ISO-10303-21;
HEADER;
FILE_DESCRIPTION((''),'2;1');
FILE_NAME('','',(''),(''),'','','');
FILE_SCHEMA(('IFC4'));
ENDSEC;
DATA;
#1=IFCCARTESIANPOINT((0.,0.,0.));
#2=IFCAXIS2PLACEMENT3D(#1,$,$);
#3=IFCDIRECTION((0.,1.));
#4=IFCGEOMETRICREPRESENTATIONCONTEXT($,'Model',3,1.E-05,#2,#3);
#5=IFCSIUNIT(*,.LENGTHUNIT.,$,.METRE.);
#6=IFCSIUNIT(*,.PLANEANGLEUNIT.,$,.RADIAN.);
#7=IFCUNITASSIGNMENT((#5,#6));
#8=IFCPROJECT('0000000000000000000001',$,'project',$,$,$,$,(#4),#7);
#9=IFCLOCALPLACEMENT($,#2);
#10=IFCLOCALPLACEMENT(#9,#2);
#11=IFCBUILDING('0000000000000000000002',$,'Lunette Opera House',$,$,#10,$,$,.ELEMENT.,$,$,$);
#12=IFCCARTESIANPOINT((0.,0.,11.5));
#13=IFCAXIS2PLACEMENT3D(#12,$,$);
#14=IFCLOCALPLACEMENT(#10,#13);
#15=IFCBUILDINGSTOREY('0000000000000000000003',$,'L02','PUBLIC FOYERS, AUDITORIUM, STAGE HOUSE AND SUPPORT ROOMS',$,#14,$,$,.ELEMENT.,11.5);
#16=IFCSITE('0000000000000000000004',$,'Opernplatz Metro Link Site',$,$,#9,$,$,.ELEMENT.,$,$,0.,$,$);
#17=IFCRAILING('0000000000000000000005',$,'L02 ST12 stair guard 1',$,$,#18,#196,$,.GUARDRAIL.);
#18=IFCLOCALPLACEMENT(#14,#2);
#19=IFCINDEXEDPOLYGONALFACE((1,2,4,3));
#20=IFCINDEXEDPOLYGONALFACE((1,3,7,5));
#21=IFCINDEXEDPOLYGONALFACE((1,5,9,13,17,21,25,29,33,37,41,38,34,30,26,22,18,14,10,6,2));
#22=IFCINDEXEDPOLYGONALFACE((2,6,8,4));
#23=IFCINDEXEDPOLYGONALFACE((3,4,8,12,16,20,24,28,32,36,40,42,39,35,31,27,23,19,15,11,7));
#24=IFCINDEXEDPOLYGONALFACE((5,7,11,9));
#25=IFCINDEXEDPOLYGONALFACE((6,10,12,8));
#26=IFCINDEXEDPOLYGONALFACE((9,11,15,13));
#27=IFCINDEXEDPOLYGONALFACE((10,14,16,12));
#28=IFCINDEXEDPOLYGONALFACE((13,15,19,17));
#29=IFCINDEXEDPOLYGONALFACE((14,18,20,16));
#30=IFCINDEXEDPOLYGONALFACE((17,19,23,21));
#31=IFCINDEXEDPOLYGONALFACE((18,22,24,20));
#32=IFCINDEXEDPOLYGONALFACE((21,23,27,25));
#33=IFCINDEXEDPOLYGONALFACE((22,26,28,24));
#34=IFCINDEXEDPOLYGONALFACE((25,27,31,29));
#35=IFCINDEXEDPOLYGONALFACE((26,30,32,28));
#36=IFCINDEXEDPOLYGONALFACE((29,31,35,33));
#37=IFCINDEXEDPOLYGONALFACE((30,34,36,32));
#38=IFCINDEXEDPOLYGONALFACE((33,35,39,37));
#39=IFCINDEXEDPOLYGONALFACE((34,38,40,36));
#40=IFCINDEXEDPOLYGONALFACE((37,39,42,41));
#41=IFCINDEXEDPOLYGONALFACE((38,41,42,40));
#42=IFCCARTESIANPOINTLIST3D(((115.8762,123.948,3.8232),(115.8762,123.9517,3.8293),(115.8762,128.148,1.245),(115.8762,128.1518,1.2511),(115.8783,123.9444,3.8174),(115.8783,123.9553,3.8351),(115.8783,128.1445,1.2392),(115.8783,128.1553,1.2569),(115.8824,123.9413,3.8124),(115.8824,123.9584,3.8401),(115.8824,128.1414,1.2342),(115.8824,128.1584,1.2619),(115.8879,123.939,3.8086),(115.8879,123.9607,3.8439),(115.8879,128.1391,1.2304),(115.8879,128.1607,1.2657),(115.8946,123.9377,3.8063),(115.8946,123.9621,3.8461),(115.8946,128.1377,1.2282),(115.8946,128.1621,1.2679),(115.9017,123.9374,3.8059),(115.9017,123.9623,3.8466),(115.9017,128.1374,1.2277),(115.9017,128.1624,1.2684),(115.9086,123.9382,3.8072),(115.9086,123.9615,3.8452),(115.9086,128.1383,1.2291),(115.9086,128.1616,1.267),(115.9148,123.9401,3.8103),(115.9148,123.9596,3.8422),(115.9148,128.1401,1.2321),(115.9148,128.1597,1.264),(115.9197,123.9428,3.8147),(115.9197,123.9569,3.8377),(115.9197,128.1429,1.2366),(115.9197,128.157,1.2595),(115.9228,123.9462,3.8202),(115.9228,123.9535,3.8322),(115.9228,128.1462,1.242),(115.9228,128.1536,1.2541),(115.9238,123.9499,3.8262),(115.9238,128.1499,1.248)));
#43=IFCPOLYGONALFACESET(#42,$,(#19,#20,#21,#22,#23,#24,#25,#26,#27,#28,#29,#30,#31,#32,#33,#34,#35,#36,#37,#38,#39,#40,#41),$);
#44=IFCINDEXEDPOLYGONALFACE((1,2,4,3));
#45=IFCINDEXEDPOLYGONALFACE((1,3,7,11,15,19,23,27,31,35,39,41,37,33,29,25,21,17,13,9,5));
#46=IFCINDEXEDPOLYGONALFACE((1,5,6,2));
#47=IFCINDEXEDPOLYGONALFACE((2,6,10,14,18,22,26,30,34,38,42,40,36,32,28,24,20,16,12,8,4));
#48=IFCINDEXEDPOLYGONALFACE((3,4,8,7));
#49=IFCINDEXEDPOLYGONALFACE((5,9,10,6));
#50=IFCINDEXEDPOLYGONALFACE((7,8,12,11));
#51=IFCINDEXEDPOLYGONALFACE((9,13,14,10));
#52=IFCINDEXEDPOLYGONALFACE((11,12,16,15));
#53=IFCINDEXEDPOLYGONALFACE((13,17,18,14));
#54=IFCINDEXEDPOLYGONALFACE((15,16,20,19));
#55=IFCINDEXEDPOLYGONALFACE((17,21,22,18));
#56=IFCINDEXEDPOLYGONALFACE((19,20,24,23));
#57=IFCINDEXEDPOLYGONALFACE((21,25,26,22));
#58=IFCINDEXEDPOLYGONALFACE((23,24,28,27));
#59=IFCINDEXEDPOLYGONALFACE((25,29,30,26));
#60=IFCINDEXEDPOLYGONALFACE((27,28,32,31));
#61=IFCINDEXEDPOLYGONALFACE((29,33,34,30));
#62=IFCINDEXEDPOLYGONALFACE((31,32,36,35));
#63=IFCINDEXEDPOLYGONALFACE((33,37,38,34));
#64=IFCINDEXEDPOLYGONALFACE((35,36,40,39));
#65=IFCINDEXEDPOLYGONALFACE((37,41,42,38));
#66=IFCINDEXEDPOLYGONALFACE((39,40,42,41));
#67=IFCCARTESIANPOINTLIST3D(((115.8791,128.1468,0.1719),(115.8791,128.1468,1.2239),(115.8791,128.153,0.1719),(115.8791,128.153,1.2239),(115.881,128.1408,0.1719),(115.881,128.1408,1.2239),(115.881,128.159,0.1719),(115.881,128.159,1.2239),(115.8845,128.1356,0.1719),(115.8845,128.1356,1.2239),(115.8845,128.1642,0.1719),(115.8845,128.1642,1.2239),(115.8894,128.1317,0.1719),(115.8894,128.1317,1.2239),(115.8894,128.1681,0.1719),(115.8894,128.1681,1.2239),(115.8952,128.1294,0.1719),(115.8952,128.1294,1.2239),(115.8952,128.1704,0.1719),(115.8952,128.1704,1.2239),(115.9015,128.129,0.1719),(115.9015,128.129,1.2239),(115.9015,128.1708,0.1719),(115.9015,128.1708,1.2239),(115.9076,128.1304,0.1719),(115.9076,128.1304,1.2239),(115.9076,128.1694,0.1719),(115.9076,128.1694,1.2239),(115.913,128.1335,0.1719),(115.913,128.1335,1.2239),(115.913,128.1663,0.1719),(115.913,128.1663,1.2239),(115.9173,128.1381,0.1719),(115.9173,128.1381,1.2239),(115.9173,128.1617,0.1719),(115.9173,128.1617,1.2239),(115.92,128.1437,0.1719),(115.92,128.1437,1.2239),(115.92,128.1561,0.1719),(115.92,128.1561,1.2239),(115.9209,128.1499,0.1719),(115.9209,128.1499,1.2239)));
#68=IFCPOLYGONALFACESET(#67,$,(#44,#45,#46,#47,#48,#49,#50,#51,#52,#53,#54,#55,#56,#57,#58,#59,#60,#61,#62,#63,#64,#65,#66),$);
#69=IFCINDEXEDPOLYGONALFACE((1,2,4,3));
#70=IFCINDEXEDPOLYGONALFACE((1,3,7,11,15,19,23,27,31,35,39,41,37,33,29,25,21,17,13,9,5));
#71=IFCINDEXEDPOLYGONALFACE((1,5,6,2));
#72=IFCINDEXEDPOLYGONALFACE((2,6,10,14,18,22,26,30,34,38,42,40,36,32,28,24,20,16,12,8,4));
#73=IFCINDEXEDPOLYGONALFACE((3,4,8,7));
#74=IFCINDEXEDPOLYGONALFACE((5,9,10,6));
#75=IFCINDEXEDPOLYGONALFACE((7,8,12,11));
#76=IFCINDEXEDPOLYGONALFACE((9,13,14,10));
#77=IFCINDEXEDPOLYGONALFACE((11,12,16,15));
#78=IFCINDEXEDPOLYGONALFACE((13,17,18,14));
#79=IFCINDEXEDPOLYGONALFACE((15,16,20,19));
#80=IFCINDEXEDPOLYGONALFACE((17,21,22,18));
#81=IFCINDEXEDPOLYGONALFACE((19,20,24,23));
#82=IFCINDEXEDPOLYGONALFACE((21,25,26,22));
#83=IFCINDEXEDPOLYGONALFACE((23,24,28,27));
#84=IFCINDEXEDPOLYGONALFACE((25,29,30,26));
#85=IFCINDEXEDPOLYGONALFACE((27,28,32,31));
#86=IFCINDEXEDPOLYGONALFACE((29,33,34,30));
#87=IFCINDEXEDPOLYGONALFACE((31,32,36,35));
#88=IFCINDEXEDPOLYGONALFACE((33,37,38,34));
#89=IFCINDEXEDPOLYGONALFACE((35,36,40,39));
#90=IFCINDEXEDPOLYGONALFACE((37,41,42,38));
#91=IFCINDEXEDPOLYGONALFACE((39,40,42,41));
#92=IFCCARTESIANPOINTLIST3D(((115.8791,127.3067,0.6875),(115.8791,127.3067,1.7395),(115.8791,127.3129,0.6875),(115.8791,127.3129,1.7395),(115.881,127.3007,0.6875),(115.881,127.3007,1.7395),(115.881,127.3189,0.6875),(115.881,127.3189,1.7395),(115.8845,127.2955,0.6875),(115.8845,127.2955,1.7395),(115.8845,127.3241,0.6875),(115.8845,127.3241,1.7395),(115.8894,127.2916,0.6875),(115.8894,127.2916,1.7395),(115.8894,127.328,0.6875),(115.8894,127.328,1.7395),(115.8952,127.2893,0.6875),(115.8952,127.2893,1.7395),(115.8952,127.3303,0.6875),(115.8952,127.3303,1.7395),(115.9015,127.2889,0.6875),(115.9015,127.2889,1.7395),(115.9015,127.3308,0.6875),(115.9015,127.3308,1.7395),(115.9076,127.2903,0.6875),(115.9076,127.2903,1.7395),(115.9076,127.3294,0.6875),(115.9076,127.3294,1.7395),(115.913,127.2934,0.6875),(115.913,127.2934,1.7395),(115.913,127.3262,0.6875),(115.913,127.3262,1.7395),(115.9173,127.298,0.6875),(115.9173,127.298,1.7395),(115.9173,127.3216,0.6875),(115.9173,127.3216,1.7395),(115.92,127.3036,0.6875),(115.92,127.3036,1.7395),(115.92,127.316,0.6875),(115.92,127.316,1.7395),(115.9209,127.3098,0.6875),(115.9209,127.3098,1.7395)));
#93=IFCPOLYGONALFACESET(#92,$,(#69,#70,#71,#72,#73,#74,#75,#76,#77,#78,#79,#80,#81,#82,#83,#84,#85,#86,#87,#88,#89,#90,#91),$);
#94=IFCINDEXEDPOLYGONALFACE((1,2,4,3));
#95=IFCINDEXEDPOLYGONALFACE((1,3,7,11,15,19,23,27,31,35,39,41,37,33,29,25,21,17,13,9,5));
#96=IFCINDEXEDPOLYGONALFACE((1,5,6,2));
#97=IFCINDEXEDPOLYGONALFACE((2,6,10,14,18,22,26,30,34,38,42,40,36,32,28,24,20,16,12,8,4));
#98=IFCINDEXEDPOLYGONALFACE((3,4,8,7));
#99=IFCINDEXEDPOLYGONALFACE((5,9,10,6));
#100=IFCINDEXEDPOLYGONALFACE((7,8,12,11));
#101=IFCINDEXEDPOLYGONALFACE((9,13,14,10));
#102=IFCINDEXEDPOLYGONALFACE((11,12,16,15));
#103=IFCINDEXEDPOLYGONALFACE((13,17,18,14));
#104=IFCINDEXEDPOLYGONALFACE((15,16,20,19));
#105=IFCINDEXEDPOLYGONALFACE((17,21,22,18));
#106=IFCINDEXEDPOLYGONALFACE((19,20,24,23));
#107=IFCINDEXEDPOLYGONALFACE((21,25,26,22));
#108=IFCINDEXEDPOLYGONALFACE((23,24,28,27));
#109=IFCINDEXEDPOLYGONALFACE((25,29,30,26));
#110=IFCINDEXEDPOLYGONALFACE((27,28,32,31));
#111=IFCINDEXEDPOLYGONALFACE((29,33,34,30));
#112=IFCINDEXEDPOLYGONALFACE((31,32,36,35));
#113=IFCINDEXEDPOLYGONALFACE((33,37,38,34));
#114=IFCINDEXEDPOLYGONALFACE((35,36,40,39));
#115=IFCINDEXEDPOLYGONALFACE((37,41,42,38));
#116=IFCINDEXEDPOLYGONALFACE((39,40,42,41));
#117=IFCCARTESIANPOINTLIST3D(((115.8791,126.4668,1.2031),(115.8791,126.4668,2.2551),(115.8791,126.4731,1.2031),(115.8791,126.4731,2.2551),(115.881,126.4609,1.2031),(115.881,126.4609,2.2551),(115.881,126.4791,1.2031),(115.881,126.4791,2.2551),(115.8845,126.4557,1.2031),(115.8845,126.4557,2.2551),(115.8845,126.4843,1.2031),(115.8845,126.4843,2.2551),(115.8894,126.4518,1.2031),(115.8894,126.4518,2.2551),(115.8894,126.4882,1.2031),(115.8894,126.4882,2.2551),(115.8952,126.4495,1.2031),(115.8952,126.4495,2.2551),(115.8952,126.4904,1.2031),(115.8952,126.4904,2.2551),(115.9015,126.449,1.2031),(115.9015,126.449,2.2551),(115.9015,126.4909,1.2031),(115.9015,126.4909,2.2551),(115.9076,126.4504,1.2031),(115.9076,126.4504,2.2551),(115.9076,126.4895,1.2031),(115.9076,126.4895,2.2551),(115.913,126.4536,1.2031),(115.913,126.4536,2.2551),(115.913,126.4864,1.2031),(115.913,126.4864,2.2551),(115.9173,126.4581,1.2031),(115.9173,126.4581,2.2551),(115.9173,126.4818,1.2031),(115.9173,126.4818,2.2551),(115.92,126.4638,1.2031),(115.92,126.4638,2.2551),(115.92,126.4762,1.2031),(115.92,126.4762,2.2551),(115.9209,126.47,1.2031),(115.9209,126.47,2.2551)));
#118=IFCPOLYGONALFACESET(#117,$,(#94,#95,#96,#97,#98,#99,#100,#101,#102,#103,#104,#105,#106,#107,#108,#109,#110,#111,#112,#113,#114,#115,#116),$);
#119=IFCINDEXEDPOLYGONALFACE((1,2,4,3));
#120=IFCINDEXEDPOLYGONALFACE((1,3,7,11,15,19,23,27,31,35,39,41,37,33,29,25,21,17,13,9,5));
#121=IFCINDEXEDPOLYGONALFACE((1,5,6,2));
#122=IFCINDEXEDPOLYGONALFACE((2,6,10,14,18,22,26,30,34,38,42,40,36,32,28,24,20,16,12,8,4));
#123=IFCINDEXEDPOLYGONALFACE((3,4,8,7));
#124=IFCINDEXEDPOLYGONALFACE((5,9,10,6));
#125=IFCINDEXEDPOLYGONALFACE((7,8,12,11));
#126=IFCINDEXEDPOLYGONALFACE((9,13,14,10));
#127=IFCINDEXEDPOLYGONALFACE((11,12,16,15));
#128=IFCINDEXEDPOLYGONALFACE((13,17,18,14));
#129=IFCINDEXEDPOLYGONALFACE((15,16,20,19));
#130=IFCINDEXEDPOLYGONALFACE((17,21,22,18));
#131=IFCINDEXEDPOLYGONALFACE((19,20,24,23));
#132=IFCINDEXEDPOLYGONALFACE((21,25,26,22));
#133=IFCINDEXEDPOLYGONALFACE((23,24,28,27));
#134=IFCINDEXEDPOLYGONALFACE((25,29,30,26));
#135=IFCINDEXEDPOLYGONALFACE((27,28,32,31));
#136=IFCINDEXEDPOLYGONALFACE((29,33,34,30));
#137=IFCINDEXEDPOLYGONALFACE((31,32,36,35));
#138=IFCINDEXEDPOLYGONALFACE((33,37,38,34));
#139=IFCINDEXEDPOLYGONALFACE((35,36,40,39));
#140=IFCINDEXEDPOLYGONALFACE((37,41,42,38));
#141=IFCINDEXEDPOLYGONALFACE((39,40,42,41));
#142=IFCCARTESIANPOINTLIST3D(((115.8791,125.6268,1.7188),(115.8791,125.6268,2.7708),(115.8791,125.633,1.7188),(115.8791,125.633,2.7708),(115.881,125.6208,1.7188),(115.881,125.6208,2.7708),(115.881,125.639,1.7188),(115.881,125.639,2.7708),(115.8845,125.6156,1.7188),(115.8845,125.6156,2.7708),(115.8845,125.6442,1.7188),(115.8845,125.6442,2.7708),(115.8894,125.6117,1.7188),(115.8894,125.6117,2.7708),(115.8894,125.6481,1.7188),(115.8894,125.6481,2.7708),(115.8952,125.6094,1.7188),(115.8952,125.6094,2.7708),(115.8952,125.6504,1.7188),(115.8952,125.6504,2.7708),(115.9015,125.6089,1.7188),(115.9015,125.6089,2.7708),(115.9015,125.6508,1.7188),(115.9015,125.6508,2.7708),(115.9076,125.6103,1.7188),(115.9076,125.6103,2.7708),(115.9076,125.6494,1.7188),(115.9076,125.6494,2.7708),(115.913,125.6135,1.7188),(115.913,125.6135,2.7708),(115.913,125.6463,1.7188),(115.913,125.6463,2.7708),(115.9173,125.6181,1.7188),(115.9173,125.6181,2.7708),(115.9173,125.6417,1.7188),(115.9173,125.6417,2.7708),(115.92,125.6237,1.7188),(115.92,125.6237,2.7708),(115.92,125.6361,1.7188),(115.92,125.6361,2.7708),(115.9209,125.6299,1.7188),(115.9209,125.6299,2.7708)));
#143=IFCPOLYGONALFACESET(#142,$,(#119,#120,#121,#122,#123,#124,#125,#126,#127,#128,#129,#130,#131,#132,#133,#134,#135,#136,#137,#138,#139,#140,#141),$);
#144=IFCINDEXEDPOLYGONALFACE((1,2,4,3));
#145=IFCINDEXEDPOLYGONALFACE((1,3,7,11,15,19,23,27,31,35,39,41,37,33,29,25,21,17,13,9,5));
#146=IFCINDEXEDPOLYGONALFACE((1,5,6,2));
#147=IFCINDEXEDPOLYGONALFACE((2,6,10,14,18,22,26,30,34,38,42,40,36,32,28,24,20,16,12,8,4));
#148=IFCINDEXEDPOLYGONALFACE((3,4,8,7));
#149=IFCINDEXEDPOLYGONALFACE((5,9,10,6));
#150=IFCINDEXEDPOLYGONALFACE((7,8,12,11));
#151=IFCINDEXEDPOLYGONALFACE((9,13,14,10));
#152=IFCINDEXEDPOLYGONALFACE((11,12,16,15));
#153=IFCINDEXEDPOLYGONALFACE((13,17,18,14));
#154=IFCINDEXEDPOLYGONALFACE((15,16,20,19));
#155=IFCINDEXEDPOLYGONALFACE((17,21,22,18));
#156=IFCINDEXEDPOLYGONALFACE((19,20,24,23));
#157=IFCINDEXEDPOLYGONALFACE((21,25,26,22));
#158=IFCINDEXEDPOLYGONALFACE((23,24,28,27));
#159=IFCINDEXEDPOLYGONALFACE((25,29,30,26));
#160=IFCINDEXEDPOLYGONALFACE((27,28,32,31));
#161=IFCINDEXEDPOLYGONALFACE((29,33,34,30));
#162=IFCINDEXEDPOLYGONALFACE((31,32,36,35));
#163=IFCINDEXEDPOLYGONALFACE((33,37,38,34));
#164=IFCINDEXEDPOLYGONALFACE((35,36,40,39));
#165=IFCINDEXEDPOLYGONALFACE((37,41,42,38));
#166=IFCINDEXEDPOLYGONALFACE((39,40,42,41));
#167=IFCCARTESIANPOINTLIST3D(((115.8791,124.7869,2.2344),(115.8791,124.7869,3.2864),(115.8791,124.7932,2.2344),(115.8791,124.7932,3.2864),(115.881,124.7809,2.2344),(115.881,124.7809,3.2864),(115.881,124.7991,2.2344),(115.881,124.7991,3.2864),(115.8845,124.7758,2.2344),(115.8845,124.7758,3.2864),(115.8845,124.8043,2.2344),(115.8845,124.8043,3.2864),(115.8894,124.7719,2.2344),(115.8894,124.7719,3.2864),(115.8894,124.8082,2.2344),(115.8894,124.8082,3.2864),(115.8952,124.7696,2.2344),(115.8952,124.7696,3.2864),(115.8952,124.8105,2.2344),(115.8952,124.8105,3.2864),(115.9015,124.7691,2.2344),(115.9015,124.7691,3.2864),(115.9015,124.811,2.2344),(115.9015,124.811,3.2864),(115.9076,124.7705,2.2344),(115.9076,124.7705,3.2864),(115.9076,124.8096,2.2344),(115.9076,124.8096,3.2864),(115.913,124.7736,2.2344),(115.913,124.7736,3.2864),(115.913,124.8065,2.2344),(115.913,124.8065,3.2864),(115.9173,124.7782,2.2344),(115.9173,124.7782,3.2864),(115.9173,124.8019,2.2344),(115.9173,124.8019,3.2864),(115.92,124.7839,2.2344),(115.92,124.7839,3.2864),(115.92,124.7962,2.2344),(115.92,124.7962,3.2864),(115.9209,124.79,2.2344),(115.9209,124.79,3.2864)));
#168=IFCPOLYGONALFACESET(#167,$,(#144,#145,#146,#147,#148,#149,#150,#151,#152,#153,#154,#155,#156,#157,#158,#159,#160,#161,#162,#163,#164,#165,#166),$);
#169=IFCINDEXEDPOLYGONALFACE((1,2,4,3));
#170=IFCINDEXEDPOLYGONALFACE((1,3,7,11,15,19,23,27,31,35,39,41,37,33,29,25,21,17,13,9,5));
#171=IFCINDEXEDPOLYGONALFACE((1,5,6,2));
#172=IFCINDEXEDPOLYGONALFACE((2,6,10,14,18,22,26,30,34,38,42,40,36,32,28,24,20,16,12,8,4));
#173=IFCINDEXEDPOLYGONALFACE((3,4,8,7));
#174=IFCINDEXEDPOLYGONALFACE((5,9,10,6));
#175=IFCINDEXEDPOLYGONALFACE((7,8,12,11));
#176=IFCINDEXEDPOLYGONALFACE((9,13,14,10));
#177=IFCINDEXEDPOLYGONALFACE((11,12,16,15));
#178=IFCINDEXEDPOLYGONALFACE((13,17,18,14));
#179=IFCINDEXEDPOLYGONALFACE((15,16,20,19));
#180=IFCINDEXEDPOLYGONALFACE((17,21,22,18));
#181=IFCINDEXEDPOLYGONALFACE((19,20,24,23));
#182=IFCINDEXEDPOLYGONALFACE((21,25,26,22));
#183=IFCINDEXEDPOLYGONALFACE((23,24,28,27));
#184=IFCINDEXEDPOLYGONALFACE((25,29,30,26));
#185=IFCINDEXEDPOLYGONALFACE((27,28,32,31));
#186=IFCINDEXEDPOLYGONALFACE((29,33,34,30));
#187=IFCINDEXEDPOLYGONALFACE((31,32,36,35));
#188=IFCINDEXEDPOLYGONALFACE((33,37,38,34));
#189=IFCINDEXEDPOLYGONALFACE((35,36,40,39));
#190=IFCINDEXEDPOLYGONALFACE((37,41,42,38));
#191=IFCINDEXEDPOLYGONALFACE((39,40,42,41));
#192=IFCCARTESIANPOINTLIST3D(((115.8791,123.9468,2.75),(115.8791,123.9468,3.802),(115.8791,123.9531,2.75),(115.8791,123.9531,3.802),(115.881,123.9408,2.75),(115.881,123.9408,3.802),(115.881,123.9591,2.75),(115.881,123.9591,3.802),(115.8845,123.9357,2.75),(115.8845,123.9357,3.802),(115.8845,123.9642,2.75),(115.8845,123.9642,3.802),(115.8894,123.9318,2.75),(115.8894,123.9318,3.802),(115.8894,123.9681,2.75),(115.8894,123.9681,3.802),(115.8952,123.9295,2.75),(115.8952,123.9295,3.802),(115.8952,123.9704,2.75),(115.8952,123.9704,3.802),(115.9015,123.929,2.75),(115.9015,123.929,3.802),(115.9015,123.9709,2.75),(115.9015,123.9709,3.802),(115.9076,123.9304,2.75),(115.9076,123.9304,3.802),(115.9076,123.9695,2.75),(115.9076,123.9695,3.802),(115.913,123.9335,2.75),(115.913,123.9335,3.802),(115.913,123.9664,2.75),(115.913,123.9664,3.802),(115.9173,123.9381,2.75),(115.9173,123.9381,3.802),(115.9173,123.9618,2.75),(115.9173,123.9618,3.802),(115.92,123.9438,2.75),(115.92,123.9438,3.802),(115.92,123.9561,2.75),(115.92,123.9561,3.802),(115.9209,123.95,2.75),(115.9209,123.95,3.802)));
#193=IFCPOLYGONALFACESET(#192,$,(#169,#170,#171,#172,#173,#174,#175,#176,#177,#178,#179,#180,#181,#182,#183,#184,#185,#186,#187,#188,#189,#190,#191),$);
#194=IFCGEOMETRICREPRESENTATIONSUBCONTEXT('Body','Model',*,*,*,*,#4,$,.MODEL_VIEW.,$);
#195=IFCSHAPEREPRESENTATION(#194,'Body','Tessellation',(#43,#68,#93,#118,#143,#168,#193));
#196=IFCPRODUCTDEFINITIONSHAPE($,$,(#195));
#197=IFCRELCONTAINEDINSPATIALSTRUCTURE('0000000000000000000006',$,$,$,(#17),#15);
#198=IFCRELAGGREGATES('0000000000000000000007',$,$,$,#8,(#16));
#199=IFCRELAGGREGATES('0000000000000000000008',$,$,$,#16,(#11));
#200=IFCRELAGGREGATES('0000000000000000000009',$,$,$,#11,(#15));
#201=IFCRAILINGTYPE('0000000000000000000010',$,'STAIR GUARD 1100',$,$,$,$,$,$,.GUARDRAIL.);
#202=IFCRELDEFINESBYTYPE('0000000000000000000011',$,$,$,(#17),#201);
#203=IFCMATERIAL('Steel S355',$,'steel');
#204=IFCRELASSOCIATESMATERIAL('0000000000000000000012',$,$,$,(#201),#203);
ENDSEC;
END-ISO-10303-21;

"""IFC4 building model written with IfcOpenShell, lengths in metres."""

from ifc_helpers import new_model, si_unit, direction, frame, origin, origin_2d, place, context, subcontext, project, spatial, circle, extrude, material, type_object, element, save


model = new_model("IFC4")

# Units and contexts
model_context = context("Model", 3, precision=1e-05, world=origin(), true_north=direction((0.0, 1.0)))
body_context = subcontext(model_context, "Body", "Model", "MODEL_VIEW")
ifc_project = project(units=[si_unit("LENGTHUNIT", "METRE"), si_unit("PLANEANGLEUNIT", "RADIAN")], contexts=[model_context])

# Site, building, storey
site_placement = place(None, origin())
site = spatial("IfcSite", under=ifc_project, at=site_placement, Name="Opernplatz Metro Link Site", CompositionType="ELEMENT", RefElevation=0.0)
building_placement = place(site_placement, origin())
building = spatial("IfcBuilding", under=site, at=building_placement, Name="Lunette Opera House", CompositionType="ELEMENT")
storey_placement = place(building_placement, frame((0.0, 0.0, 11.5)))
storey = spatial("IfcBuildingStorey", under=building, at=storey_placement, Name="L02", Description="PUBLIC FOYERS, AUDITORIUM, STAGE HOUSE AND SUPPORT ROOMS", CompositionType="ELEMENT", Elevation=11.5)

# Railing
ifc_material_1 = material(Name="Steel S355", Category="steel")
railing_type_1 = type_object("IfcRailingType", Name="STAIR GUARD 1100", PredefinedType="GUARDRAIL", material=ifc_material_1)
railing_1_placement = place(storey_placement, frame((115.8999, 128.1499, 0.1719)))
element("IfcRailing", 1, at=railing_1_placement, inside=storey, type_object=railing_type_1, Name="L02 ST12 stair guard 1", PredefinedType="GUARDRAIL", context=body_context, shape_type="SweptSolid", body=[
    extrude(circle(Radius=0.0239, at=origin_2d()), frame((0.0, 0.0, 1.0762), z_axis=(0.0, -0.852243, 0.523146), x_axis=(1.0, 0.0, 0.0)), (0.0, 0.0, 1.0), 4.9282),
    extrude(circle(Radius=0.021, at=origin_2d()), origin(), (0.0, 0.0, 1.0), 1.052),
    extrude(circle(Radius=0.021, at=origin_2d()), frame((0.0, -0.8401, 0.5156)), (0.0, 0.0, 1.0), 1.052),
    extrude(circle(Radius=0.021, at=origin_2d()), frame((0.0, -1.6799, 1.0312)), (0.0, 0.0, 1.0), 1.052),
    extrude(circle(Radius=0.021, at=origin_2d()), frame((0.0, -2.52, 1.5469)), (0.0, 0.0, 1.0), 1.052),
    extrude(circle(Radius=0.021, at=origin_2d()), frame((0.0, -3.3599, 2.0625)), (0.0, 0.0, 1.0), 1.052),
    extrude(circle(Radius=0.021, at=origin_2d()), frame((0.0, -4.2, 2.5781)), (0.0, 0.0, 1.0), 1.052),
])

save(model, "model.ifc")
